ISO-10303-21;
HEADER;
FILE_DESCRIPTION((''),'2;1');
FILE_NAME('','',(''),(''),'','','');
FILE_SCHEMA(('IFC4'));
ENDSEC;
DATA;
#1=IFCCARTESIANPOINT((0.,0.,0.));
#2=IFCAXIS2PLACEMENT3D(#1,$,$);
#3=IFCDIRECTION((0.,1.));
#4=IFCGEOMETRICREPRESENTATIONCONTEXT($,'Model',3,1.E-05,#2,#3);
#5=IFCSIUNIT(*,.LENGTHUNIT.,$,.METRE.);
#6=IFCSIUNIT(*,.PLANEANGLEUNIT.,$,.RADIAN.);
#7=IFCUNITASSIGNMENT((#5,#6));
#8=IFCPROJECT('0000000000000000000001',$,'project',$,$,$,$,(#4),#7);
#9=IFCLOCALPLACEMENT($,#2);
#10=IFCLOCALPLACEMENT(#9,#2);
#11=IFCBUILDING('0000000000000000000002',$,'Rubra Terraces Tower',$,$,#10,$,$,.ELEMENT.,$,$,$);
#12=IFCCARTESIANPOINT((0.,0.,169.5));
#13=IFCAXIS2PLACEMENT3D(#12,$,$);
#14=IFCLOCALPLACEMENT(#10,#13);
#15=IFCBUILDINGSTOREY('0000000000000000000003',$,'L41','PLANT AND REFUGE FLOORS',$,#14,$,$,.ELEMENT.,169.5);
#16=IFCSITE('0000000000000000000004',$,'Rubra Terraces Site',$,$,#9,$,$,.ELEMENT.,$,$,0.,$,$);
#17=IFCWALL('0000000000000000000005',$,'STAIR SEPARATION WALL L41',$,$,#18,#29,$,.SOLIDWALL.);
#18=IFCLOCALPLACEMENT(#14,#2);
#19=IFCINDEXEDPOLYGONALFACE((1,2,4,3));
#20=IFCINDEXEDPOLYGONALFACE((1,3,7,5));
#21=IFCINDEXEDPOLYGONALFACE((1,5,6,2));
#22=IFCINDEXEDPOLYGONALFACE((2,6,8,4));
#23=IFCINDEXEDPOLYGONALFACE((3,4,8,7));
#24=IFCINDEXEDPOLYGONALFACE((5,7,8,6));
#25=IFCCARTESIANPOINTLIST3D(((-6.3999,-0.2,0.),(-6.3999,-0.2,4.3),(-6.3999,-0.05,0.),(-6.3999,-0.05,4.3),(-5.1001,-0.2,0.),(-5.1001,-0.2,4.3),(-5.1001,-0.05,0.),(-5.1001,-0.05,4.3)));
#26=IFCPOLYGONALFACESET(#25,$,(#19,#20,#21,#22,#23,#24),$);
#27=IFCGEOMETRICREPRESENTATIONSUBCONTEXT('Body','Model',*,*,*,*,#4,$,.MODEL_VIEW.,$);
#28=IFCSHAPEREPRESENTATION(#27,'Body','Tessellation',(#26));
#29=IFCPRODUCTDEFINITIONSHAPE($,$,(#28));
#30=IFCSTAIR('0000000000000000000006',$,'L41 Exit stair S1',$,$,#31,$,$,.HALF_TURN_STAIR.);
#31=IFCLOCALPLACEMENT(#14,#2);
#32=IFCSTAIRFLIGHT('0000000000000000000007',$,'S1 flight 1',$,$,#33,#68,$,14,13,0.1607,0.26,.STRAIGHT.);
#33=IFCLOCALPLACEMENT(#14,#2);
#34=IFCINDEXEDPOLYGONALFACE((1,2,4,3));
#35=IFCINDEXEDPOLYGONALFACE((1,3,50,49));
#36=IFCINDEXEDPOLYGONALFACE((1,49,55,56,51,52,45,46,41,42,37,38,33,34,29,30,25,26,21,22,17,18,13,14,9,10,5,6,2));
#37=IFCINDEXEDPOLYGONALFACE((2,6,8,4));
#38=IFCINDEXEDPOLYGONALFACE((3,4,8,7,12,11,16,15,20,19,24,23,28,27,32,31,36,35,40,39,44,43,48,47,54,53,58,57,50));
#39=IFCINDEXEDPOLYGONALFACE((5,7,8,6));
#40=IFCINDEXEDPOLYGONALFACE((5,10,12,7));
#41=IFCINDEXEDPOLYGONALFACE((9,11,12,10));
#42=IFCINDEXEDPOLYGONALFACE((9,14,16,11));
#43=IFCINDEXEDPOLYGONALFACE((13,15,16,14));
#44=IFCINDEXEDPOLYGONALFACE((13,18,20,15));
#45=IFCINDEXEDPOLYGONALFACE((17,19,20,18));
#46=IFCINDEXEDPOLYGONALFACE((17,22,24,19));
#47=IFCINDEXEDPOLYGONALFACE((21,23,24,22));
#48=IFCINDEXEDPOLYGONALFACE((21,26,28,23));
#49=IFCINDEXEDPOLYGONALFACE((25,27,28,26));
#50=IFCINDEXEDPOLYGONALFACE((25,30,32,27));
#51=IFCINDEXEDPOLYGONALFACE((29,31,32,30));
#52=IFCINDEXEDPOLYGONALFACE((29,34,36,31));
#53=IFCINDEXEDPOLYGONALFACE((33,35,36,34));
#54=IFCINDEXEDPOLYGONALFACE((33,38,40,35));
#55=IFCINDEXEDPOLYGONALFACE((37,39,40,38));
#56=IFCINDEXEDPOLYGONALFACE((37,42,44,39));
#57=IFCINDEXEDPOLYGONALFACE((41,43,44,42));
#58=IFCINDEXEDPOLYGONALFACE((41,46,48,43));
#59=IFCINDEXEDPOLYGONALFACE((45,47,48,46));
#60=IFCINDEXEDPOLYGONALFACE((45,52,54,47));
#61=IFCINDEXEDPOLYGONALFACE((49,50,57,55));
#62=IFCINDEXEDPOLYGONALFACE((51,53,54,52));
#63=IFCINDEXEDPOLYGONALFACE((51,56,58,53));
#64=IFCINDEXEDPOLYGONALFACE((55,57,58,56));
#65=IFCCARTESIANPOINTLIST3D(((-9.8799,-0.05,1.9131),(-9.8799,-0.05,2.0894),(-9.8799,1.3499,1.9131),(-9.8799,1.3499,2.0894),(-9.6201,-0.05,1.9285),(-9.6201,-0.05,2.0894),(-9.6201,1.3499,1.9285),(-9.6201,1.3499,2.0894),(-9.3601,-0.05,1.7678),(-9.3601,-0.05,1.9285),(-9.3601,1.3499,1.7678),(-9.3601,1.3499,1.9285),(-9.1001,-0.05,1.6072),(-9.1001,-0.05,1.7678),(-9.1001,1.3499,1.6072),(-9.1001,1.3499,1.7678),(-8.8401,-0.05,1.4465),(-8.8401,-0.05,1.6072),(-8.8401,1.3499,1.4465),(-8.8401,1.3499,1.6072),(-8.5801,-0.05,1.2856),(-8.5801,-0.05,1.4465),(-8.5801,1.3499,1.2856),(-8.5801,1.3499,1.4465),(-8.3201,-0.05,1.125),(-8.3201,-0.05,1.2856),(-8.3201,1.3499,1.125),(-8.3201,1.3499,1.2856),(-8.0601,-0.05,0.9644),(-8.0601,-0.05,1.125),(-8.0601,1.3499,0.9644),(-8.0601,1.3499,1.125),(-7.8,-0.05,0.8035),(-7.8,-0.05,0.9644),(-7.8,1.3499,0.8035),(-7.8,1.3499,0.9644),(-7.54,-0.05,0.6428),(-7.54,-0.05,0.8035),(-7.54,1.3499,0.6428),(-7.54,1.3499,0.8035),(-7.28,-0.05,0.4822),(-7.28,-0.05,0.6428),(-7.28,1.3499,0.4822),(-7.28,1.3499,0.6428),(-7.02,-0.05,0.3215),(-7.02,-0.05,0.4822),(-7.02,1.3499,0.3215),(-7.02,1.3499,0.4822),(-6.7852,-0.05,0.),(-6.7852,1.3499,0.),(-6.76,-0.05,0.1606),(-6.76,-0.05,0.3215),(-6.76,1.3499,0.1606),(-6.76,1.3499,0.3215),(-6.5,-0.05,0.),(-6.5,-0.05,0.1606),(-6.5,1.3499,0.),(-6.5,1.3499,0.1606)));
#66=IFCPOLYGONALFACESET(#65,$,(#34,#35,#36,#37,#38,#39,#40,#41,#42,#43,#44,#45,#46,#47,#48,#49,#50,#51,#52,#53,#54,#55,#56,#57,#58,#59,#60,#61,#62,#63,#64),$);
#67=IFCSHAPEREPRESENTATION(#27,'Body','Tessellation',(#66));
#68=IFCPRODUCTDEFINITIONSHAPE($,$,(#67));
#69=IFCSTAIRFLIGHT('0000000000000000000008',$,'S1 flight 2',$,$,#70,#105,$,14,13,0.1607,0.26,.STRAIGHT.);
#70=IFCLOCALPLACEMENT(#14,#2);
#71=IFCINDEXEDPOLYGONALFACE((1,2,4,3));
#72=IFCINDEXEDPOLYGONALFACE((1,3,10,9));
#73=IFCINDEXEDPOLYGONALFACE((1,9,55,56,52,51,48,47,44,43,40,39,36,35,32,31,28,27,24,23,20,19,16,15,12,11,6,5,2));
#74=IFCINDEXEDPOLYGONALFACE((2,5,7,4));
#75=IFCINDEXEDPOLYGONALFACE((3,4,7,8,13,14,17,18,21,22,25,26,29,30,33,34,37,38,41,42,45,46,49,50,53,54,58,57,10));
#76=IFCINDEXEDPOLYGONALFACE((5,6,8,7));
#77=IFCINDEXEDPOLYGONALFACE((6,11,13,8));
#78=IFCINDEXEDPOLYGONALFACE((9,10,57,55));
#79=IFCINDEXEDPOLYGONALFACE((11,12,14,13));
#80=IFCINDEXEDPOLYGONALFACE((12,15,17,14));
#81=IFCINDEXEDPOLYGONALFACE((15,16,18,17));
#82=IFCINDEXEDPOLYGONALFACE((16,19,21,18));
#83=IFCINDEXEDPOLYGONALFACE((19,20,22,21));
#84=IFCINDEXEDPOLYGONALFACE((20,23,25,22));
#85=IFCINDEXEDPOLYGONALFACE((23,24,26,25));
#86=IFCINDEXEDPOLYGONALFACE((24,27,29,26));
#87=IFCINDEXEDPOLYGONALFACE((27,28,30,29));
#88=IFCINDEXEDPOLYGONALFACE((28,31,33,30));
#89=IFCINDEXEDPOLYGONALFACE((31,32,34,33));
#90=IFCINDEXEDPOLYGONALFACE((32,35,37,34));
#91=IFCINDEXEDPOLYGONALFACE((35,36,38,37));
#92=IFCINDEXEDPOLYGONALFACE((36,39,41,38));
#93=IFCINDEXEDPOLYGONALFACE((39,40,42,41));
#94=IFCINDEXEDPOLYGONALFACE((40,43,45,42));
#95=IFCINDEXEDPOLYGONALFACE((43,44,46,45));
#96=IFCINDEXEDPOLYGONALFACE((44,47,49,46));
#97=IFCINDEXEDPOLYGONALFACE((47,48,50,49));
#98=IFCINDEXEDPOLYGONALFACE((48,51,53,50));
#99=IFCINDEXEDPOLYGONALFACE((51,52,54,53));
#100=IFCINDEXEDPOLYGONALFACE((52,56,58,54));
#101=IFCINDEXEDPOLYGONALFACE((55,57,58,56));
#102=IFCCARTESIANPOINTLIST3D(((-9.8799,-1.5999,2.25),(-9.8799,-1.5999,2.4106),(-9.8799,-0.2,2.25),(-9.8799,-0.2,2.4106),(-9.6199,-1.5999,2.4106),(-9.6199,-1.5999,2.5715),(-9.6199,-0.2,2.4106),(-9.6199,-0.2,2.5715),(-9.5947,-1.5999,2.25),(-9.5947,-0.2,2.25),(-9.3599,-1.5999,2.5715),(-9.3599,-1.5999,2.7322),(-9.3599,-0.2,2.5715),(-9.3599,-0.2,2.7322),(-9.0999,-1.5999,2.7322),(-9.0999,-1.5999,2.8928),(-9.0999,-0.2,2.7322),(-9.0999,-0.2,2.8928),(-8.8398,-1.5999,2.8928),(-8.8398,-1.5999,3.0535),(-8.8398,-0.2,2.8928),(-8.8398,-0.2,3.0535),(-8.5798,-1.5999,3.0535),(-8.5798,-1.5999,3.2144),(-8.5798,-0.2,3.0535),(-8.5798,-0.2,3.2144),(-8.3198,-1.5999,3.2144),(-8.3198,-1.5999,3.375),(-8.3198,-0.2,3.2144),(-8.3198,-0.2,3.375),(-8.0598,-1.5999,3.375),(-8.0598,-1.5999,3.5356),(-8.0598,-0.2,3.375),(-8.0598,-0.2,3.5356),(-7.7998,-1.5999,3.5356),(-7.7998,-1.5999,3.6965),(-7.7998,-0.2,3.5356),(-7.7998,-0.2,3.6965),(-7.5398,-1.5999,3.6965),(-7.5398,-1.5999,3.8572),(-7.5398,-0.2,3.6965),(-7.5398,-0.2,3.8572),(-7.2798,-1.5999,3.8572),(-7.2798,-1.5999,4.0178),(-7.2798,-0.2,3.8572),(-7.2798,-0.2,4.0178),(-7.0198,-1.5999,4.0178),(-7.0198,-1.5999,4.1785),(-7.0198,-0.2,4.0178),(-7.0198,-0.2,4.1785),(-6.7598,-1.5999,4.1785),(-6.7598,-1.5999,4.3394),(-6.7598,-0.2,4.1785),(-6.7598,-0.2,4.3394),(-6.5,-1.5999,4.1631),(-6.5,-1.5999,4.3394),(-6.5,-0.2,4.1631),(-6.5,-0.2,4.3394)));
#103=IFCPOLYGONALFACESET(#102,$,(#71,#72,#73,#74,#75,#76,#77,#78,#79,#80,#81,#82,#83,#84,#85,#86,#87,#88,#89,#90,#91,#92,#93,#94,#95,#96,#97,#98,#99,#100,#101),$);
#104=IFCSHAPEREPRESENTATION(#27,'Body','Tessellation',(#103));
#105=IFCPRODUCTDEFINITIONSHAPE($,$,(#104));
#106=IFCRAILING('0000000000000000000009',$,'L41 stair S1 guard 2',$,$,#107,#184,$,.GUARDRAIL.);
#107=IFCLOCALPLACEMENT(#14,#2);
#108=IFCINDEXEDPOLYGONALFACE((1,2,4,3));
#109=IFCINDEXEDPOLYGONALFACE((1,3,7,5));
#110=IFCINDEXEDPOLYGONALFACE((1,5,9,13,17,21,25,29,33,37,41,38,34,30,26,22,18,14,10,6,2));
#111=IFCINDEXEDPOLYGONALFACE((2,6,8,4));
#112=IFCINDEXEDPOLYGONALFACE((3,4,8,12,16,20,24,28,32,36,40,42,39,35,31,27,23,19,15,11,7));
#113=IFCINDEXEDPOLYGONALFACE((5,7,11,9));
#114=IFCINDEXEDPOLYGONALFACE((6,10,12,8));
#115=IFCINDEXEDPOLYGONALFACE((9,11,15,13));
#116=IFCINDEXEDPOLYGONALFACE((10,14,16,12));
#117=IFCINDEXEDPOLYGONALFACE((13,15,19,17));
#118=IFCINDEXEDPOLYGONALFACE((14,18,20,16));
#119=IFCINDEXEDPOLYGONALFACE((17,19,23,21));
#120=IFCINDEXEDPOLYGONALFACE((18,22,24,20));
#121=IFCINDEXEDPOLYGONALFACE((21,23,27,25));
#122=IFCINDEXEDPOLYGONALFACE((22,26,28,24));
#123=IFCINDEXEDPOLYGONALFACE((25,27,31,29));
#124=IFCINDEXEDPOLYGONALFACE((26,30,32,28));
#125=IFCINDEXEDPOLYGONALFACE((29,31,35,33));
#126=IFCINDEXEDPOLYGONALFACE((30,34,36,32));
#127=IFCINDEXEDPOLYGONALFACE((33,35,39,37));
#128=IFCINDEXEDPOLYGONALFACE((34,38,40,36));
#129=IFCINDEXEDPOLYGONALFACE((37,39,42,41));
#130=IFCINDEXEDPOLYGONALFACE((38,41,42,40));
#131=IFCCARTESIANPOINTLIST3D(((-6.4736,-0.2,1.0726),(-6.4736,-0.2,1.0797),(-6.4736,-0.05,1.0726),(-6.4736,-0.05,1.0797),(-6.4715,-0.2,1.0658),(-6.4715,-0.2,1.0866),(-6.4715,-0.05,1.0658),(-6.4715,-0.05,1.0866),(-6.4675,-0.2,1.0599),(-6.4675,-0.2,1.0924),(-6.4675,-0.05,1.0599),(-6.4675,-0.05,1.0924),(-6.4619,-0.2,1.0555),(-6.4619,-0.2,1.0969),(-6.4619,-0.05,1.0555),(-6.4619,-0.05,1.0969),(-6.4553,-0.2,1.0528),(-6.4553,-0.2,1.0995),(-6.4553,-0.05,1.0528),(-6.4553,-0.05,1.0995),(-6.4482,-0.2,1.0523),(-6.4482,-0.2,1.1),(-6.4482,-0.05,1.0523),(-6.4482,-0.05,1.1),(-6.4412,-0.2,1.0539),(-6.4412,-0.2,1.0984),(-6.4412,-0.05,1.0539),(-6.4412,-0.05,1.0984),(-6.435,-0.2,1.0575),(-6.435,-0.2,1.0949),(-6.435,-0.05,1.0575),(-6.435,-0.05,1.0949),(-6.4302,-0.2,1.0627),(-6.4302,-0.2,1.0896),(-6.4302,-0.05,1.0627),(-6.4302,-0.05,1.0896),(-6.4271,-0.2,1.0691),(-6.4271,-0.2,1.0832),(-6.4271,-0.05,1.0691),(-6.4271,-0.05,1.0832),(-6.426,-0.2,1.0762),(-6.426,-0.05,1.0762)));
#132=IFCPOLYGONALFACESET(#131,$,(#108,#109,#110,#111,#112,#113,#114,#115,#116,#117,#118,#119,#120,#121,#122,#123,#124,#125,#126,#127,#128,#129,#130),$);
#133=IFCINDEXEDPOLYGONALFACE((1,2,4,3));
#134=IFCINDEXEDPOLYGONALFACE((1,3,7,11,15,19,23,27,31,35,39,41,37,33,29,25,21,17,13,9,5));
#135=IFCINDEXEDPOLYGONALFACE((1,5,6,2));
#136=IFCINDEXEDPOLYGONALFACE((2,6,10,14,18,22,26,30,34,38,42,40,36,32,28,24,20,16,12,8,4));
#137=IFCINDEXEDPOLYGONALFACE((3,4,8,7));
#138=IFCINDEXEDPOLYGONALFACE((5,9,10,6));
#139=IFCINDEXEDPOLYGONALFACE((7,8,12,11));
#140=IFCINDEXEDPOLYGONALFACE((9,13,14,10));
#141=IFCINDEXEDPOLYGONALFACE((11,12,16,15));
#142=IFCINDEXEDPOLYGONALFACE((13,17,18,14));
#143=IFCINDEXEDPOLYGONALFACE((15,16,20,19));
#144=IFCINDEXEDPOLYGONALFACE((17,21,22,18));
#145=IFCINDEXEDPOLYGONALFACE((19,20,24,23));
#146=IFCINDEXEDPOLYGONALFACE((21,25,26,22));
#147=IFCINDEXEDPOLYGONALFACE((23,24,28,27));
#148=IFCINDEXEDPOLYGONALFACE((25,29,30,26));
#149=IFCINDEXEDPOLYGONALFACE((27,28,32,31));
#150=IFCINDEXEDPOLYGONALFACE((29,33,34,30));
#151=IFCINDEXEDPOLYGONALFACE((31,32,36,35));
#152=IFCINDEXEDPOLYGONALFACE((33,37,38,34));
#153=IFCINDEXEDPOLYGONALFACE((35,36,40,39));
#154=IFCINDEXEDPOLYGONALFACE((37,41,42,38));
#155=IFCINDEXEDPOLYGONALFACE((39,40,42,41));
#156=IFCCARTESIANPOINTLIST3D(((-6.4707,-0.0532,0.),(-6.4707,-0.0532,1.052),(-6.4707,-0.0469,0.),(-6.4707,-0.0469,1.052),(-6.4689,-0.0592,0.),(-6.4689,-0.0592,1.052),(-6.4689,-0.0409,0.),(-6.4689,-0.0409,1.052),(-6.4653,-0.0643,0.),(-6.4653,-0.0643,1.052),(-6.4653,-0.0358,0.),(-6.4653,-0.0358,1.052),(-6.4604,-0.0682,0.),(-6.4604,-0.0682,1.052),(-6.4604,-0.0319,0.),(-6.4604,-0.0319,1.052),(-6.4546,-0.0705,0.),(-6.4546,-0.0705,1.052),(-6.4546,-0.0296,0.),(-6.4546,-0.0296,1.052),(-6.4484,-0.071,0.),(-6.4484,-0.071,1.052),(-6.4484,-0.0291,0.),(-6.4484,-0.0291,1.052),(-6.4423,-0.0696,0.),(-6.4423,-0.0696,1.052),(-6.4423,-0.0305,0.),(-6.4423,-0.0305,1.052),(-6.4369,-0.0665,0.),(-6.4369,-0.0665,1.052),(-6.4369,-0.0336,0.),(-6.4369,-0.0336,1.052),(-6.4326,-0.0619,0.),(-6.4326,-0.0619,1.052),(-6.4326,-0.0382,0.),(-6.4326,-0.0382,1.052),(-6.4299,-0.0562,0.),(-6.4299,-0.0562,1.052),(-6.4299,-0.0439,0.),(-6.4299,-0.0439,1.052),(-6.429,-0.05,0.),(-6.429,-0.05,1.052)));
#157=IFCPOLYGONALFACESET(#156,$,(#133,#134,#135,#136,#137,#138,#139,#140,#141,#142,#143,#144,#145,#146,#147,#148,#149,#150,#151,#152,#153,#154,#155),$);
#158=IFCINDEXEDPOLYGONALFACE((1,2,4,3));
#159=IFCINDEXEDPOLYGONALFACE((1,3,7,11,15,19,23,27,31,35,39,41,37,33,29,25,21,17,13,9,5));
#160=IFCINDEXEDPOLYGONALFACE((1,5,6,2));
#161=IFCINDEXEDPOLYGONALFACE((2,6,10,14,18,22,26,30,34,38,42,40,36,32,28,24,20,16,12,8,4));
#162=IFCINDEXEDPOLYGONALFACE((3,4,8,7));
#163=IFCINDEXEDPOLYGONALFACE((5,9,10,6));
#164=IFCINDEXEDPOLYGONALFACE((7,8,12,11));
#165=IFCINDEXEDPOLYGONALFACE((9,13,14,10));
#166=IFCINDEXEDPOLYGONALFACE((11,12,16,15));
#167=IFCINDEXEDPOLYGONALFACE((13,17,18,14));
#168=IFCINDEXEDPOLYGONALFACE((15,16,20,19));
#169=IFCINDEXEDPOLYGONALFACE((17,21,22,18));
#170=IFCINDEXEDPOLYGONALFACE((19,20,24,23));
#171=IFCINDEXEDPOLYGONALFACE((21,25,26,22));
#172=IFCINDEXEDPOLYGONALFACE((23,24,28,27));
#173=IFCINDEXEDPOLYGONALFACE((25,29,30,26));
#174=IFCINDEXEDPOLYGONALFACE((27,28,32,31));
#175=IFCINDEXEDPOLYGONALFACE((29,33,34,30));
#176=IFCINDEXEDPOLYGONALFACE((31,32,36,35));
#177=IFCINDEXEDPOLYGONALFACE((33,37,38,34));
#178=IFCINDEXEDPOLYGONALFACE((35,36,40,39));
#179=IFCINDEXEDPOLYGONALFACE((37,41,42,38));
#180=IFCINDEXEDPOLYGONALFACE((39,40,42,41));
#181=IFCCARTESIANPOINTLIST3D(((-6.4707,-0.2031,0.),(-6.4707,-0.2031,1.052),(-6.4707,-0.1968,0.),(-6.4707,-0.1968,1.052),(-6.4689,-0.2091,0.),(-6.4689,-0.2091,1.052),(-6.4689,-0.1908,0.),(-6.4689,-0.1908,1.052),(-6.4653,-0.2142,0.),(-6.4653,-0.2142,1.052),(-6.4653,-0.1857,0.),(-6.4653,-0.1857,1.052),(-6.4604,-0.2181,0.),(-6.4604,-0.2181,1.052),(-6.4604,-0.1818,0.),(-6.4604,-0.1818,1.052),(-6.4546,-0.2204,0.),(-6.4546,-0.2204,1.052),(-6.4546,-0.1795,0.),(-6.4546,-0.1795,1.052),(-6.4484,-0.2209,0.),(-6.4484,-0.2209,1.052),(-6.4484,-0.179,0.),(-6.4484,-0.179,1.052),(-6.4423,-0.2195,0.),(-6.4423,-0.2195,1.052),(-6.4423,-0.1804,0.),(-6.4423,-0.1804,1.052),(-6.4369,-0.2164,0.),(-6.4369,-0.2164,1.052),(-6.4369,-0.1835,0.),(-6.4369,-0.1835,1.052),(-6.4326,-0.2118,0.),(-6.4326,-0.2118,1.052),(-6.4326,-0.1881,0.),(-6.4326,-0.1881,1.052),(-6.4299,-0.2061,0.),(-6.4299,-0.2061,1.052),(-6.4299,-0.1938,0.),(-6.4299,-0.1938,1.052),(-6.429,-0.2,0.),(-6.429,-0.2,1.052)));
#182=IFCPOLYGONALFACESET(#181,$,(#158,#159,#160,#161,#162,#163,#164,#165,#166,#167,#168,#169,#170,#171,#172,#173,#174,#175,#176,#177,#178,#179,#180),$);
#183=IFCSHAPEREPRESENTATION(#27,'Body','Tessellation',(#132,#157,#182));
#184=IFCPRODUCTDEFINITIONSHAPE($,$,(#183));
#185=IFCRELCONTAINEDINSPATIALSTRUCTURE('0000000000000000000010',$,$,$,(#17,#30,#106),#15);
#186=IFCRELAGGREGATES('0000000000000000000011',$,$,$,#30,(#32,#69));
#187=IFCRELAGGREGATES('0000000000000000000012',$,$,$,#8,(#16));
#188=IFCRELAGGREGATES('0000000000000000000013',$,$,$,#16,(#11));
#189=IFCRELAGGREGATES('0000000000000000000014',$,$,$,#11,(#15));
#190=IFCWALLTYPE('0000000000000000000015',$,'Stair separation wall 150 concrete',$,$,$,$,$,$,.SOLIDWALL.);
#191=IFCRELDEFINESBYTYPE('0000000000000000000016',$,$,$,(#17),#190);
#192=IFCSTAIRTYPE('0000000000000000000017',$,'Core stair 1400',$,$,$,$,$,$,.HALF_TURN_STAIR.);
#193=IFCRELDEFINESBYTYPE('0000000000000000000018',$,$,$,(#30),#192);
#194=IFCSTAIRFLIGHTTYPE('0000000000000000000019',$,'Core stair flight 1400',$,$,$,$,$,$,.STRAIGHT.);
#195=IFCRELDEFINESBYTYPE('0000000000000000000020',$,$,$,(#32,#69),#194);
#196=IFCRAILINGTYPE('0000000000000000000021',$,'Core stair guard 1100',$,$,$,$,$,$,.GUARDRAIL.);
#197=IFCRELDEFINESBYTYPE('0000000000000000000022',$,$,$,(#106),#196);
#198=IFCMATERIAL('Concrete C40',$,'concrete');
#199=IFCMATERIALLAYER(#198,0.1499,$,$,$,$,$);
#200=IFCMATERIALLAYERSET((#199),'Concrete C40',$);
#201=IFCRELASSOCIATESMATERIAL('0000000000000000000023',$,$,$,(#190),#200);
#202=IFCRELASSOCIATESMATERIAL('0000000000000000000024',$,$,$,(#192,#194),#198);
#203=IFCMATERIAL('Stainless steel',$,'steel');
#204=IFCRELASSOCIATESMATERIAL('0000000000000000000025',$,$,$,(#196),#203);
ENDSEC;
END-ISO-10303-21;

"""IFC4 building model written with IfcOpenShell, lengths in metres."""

from ifc_helpers import new_model, si_unit, direction, frame, frame_2d, origin, origin_2d, place, context, subcontext, project, spatial, polyline, rectangle, circle, outline, extrude, material, layer, layer_set, type_object, element, aggregate, save


model = new_model("IFC4")

# Units and contexts
model_context = context("Model", 3, precision=1e-05, world=origin(), true_north=direction((0.0, 1.0)))
body_context = subcontext(model_context, "Body", "Model", "MODEL_VIEW")
ifc_project = project(units=[si_unit("LENGTHUNIT", "METRE"), si_unit("PLANEANGLEUNIT", "RADIAN")], contexts=[model_context])

# Site, building, storey
site_placement = place(None, origin())
site = spatial("IfcSite", under=ifc_project, at=site_placement, Name="Rubra Terraces Site", CompositionType="ELEMENT", RefElevation=0.0)
building_placement = place(site_placement, origin())
building = spatial("IfcBuilding", under=site, at=building_placement, Name="Rubra Terraces Tower", CompositionType="ELEMENT")
storey_placement = place(building_placement, frame((0.0, 0.0, 169.5)))
storey = spatial("IfcBuildingStorey", under=building, at=storey_placement, Name="L41", Description="PLANT AND REFUGE FLOORS", CompositionType="ELEMENT", Elevation=169.5)

# Shared definitions
ifc_material_1 = material(Name="Concrete C40", Category="concrete")

# Wall
ifc_layer_1 = layer(ifc_material_1, 0.1499)
ifc_layer_set_1 = layer_set([ifc_layer_1], Name="Concrete C40")
wall_type_1 = type_object("IfcWallType", Name="Stair separation wall 150 concrete", PredefinedType="SOLIDWALL", material=ifc_layer_set_1)
wall_1_placement = place(storey_placement, frame((-6.3999, -0.125, 0.0), z_axis=(0.0, 0.0, 1.0), x_axis=(1.0, 0.0, 0.0)))
element("IfcWall", 1, at=wall_1_placement, inside=storey, type_object=wall_type_1, Name="STAIR SEPARATION WALL L41", PredefinedType="SOLIDWALL", context=body_context, shape_type="SweptSolid", body=[
    extrude(rectangle(XDim=1.2998, YDim=0.1499, at=frame_2d((0.6499, 0.0))), origin(), (0.0, 0.0, 1.0), 4.3),
])

# Stair, stair flights
stair_type = type_object("IfcStairType", Name="Core stair 1400", PredefinedType="HALF_TURN_STAIR", material=ifc_material_1)
stair_placement = place(storey_placement, origin())
stair = element("IfcStair", 2, at=stair_placement, inside=storey, type_object=stair_type, Name="L41 Exit stair S1", PredefinedType="HALF_TURN_STAIR")
stair_flight_type = type_object("IfcStairFlightType", Name="Core stair flight 1400", PredefinedType="STRAIGHT", material=ifc_material_1)
stair_flight_1_placement = place(storey_placement, frame((-6.5, 0.6499, 0.0), z_axis=(0.0, 0.0, 1.0), x_axis=(-1.0, 0.0, 0.0)))
stair_flight_1 = element("IfcStairFlight", 3, at=stair_flight_1_placement, type_object=stair_flight_type, Name="S1 flight 1", NumberOfRisers=14, NumberOfTreads=13, PredefinedType="STRAIGHT", RiserHeight=0.1607, TreadLength=0.26, context=body_context, shape_type="SweptSolid", body=[
    extrude(outline(polyline([(0.0, 0.0), (0.0, 0.1606), (0.26, 0.1606), (0.26, 0.3215), (0.52, 0.3215), (0.52, 0.4822), (0.78, 0.4822), (0.78, 0.6428), (1.04, 0.6428), (1.04, 0.8035), (1.3, 0.8035), (1.3, 0.9644), (1.5601, 0.9644), (1.5601, 1.125), (1.8201, 1.125), (1.8201, 1.2856), (2.0801, 1.2856), (2.0801, 1.4465), (2.3401, 1.4465), (2.3401, 1.6072), (2.6001, 1.6072), (2.6001, 1.7678), (2.8601, 1.7678), (2.8601, 1.9285), (3.1201, 1.9285), (3.1201, 2.0894), (3.3799, 2.0894), (3.3799, 2.25), (3.3799, 1.9131), (0.2852, 0.0), (0.0, 0.0)])), frame((0.0, 0.7, 0.0), z_axis=(0.0, -1.0, 0.0), x_axis=(1.0, 0.0, 0.0)), (0.0, 0.0, 1.0), 1.3999),
])
stair_flight_2_placement = place(storey_placement, frame((-9.8799, -0.8999, 2.25), z_axis=(0.0, 0.0, 1.0), x_axis=(1.0, 0.0, 0.0)))
stair_flight_2 = element("IfcStairFlight", 4, at=stair_flight_2_placement, type_object=stair_flight_type, Name="S1 flight 2", NumberOfRisers=14, NumberOfTreads=13, PredefinedType="STRAIGHT", RiserHeight=0.1607, TreadLength=0.26, context=body_context, shape_type="SweptSolid", body=[
    extrude(outline(polyline([(0.0, 0.0), (0.0, 0.1606), (0.26, 0.1606), (0.26, 0.3215), (0.52, 0.3215), (0.52, 0.4822), (0.78, 0.4822), (0.78, 0.6428), (1.04, 0.6428), (1.04, 0.8035), (1.3, 0.8035), (1.3, 0.9644), (1.5601, 0.9644), (1.5601, 1.125), (1.8201, 1.125), (1.8201, 1.2856), (2.0801, 1.2856), (2.0801, 1.4465), (2.3401, 1.4465), (2.3401, 1.6072), (2.6001, 1.6072), (2.6001, 1.7678), (2.8601, 1.7678), (2.8601, 1.9285), (3.1201, 1.9285), (3.1201, 2.0894), (3.3799, 2.0894), (3.3799, 2.25), (3.3799, 1.9131), (0.2852, 0.0), (0.0, 0.0)])), frame((0.0, 0.7, 0.0), z_axis=(0.0, -1.0, 0.0), x_axis=(1.0, 0.0, 0.0)), (0.0, 0.0, 1.0), 1.3999),
])
aggregate(stair, [stair_flight_1, stair_flight_2])

# Railing
ifc_material_2 = material(Name="Stainless steel", Category="steel")
railing_type = type_object("IfcRailingType", Name="Core stair guard 1100", PredefinedType="GUARDRAIL", material=ifc_material_2)
railing_1_placement = place(storey_placement, frame((-6.45, -0.05, 0.0)))
element("IfcRailing", 5, at=railing_1_placement, inside=storey, type_object=railing_type, Name="L41 stair S1 guard 2", PredefinedType="GUARDRAIL", context=body_context, shape_type="SweptSolid", body=[
    extrude(circle(Radius=0.0239, at=origin_2d()), frame((0.0, 0.0, 1.0762), z_axis=(0.0, -1.0, 0.0), x_axis=(1.0, 0.0, 0.0)), (0.0, 0.0, 1.0), 0.1499),
    extrude(circle(Radius=0.021, at=origin_2d()), origin(), (0.0, 0.0, 1.0), 1.052),
    extrude(circle(Radius=0.021, at=origin_2d()), frame((0.0, -0.1499, 0.0)), (0.0, 0.0, 1.0), 1.052),
])

save(model, "model.ifc")
